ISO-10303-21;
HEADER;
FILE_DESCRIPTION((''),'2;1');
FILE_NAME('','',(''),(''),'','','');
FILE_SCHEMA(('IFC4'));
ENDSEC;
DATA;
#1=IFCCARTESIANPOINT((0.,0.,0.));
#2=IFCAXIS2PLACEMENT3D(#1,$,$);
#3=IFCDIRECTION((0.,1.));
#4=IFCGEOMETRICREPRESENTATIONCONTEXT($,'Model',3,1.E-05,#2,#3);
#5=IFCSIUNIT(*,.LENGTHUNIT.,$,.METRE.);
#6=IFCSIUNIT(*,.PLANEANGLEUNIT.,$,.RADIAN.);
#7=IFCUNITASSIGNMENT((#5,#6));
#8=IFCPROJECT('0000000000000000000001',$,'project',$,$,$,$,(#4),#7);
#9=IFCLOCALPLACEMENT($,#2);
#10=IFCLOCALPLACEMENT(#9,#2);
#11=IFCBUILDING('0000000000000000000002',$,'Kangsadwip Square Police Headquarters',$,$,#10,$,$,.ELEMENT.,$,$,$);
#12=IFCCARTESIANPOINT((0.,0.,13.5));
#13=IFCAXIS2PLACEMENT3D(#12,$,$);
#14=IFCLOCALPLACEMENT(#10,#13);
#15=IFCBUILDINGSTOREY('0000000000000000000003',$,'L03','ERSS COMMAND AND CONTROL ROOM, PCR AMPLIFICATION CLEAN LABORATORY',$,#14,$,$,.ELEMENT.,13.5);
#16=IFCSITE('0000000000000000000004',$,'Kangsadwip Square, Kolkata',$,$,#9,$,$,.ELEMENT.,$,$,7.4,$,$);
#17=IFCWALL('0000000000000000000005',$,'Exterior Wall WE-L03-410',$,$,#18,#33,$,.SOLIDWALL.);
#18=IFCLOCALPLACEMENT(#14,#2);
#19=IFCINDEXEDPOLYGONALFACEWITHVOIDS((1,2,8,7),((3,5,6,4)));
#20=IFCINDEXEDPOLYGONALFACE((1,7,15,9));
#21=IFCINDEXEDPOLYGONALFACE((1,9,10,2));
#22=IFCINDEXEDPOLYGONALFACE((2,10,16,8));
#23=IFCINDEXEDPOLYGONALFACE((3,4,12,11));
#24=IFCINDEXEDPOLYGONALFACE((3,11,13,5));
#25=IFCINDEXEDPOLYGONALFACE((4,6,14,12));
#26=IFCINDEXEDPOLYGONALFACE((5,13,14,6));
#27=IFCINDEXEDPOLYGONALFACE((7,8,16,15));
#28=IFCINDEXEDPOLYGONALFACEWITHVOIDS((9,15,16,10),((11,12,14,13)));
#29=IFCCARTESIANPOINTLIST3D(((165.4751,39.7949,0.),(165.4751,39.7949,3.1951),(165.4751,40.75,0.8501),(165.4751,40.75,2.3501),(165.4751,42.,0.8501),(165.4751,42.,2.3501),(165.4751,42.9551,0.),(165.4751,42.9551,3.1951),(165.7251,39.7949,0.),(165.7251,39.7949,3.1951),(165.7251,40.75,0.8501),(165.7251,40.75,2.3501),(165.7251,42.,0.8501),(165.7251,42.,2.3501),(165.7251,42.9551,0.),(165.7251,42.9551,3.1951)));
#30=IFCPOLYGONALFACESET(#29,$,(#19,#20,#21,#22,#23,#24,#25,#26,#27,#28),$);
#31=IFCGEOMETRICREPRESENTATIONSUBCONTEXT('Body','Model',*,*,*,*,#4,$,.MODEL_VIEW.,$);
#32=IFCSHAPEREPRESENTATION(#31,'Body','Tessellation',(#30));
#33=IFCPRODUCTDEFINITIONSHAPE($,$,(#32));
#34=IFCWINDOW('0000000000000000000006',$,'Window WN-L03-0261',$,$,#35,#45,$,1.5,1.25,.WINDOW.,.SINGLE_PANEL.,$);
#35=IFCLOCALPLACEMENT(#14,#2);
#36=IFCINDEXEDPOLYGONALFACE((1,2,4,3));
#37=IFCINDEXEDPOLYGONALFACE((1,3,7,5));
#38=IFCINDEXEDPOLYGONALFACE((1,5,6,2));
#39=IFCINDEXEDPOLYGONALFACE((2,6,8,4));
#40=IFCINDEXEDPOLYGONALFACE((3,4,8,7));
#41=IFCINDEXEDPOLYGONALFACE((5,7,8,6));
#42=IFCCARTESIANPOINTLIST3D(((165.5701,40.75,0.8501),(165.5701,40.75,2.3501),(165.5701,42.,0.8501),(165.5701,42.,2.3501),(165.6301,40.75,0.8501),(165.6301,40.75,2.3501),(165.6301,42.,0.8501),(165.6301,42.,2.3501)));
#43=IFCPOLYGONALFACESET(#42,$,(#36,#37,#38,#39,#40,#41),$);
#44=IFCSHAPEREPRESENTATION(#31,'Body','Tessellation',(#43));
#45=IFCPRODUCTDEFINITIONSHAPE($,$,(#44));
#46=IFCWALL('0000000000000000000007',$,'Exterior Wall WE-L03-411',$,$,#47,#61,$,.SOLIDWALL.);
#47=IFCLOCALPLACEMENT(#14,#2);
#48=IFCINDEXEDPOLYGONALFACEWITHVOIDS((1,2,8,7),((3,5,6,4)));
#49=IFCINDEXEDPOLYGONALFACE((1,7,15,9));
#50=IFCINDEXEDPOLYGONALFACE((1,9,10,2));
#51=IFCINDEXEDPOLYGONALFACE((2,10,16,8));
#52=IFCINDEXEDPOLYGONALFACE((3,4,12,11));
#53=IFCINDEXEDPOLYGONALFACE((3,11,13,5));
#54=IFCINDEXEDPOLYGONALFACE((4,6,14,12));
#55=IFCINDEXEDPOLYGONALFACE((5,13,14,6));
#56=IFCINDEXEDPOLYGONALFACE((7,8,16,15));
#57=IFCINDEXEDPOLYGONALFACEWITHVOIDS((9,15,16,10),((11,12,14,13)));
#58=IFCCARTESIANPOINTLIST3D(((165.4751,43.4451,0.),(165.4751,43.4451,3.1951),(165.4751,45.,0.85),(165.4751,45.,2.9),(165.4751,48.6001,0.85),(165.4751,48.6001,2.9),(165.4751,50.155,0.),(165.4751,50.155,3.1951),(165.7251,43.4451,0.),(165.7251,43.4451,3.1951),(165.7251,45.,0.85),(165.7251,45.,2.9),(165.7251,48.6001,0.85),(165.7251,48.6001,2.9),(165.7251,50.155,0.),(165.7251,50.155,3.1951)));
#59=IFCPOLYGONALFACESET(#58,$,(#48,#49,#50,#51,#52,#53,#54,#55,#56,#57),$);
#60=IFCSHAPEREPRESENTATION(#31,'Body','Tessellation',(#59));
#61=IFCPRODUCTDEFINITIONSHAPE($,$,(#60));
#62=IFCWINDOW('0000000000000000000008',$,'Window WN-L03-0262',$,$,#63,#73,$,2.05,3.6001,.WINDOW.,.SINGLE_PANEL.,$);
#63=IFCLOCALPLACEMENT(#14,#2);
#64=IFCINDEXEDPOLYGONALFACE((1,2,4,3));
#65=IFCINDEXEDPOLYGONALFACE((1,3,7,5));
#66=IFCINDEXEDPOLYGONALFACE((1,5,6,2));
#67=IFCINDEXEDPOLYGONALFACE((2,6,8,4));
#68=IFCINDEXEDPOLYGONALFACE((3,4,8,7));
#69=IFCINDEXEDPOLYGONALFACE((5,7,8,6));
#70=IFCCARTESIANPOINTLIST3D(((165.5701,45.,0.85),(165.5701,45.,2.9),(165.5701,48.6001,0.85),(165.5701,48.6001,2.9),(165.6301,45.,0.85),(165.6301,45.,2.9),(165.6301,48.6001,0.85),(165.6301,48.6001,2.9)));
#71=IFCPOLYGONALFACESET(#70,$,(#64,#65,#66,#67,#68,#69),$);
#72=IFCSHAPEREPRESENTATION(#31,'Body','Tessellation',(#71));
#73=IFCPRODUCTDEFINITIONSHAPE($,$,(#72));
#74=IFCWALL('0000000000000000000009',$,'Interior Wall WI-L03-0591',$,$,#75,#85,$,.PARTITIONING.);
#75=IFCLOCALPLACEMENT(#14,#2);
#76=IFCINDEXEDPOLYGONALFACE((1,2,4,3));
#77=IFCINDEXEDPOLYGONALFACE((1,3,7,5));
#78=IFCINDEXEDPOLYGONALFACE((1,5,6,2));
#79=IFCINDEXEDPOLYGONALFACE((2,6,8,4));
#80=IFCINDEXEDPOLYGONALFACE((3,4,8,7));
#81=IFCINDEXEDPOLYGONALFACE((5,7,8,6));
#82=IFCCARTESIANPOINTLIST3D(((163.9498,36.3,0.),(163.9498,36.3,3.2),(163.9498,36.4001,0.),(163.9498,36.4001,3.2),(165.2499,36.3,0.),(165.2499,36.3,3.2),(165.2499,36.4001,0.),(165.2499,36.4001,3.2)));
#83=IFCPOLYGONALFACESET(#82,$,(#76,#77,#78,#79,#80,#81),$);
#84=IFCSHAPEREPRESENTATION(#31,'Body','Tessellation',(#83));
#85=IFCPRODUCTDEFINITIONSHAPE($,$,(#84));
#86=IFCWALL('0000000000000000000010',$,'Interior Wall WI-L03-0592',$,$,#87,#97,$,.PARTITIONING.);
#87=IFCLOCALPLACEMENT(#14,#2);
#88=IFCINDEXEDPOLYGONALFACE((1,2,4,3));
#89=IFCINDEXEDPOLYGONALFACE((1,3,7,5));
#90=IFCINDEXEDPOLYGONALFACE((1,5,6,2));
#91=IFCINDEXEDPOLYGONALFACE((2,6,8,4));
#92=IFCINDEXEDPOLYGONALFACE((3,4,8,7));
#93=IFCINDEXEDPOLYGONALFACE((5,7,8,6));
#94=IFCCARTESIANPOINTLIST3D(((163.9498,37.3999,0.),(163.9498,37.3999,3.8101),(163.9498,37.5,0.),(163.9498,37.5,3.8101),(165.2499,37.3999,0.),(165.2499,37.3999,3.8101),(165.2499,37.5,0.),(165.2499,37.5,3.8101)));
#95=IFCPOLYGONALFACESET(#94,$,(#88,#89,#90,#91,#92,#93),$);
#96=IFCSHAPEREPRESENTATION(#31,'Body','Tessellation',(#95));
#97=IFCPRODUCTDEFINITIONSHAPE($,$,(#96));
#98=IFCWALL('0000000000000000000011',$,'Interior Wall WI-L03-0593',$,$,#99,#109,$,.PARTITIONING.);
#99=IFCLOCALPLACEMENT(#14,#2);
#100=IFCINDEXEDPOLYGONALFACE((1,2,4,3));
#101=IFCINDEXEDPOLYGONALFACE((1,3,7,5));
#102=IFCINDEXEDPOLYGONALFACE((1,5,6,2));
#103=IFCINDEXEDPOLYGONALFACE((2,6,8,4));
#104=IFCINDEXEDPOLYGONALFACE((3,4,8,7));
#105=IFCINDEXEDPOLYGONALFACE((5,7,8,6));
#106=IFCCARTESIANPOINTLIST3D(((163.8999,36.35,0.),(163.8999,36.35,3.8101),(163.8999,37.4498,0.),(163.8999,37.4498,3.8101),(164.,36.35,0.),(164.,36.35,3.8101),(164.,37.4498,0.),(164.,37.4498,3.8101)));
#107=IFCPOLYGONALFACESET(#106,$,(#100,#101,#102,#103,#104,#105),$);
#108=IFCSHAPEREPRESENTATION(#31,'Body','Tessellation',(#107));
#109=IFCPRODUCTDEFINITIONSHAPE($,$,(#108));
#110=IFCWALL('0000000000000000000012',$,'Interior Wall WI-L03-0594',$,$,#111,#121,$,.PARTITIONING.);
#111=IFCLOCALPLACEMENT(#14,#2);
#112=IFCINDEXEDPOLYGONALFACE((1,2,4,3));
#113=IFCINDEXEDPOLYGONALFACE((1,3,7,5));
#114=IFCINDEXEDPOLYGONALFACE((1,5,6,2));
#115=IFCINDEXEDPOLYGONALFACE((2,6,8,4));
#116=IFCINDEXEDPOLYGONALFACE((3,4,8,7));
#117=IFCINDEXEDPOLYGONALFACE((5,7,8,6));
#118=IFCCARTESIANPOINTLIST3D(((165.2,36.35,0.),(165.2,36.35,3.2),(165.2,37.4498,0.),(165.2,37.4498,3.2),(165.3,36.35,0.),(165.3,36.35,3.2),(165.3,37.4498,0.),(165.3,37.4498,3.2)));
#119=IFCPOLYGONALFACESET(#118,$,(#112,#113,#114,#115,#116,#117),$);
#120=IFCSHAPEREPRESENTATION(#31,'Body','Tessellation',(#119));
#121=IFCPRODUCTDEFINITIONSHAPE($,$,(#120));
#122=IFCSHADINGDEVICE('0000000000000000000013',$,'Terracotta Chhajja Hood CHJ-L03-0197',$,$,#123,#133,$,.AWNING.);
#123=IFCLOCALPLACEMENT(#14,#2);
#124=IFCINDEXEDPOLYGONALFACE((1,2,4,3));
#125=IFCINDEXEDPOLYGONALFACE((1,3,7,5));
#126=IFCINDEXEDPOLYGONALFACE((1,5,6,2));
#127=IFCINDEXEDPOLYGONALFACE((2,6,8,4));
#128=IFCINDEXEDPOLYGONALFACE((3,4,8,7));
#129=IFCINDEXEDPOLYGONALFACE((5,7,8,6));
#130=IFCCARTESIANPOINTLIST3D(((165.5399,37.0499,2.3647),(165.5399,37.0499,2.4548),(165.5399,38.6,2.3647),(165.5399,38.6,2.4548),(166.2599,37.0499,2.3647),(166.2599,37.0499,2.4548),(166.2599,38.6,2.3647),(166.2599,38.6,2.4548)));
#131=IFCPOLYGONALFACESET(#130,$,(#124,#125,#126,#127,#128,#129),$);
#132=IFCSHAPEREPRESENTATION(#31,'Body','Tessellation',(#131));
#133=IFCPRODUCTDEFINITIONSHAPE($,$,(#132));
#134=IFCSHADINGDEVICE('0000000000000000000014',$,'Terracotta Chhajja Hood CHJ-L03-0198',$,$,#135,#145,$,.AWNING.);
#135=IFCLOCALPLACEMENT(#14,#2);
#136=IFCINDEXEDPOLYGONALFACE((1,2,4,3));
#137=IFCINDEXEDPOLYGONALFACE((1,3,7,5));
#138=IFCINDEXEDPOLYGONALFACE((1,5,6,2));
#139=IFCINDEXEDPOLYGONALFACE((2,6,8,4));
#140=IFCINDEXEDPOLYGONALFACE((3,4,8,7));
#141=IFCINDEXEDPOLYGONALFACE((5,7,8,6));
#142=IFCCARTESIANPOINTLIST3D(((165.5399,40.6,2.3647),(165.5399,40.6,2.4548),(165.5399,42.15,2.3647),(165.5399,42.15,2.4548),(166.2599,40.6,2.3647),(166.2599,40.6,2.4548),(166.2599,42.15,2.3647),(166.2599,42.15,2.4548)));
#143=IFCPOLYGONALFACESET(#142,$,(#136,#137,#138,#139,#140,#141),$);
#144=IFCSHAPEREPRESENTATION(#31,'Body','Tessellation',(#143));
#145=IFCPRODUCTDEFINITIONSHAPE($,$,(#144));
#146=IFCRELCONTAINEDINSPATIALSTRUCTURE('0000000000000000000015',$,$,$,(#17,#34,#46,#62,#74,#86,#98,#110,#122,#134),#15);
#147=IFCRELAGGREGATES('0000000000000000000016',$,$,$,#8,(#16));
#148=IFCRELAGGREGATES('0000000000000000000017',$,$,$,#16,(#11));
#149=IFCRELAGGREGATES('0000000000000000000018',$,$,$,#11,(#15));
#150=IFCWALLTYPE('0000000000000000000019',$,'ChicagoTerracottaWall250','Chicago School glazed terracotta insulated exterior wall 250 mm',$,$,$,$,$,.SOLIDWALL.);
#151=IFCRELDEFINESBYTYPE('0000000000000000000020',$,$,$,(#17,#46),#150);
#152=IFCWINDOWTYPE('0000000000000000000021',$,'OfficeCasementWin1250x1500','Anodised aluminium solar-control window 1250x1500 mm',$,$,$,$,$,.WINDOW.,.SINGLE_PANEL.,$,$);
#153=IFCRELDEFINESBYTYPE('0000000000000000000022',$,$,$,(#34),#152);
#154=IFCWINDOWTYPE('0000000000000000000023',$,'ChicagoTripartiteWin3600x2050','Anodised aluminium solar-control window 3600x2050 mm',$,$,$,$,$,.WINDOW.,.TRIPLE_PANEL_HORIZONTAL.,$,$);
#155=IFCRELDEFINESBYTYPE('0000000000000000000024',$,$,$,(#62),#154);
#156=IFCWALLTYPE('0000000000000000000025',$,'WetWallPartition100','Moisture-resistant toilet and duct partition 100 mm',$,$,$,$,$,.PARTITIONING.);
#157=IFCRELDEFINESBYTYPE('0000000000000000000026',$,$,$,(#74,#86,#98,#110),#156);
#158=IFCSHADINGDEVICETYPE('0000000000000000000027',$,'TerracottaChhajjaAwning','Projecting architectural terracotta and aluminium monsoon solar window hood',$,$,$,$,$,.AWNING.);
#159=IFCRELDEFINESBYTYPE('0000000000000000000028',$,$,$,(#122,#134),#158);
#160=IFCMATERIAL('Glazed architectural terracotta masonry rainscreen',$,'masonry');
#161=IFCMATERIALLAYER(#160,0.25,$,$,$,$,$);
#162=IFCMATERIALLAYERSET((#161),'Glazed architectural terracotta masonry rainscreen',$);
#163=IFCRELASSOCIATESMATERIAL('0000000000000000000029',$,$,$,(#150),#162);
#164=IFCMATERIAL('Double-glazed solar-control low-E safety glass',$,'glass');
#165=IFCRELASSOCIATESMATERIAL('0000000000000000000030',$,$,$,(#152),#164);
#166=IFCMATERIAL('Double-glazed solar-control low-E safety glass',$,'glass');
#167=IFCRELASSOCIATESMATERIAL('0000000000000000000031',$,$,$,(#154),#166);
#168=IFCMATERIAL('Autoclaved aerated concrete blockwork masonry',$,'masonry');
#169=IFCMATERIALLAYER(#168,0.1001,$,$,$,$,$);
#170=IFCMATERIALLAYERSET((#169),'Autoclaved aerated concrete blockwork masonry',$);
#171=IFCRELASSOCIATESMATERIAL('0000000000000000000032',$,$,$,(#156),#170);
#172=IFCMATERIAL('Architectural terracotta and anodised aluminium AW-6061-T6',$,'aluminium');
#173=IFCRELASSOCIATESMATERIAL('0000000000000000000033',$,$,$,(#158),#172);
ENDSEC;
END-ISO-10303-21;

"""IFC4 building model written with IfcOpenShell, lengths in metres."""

from ifc_helpers import new_model, si_unit, direction, frame, frame_2d, origin, origin_2d, place, context, subcontext, project, spatial, rectangle, extrude, material, layer, layer_set, type_object, element, fill, save


model = new_model("IFC4")

# Units and contexts
model_context = context("Model", 3, precision=1e-05, world=origin(), true_north=direction((0.0, 1.0)))
body_context = subcontext(model_context, "Body", "Model", "MODEL_VIEW")
ifc_project = project(units=[si_unit("LENGTHUNIT", "METRE"), si_unit("PLANEANGLEUNIT", "RADIAN")], contexts=[model_context])

# Site, building, storey
site_placement = place(None, origin())
site = spatial("IfcSite", under=ifc_project, at=site_placement, Name="Kangsadwip Square, Kolkata", CompositionType="ELEMENT", RefElevation=7.4)
building_placement = place(site_placement, origin())
building = spatial("IfcBuilding", under=site, at=building_placement, Name="Kangsadwip Square Police Headquarters", CompositionType="ELEMENT")
storey_placement = place(building_placement, frame((0.0, 0.0, 13.5)))
storey = spatial("IfcBuildingStorey", under=building, at=storey_placement, Name="L03", Description="ERSS COMMAND AND CONTROL ROOM, PCR AMPLIFICATION CLEAN LABORATORY", CompositionType="ELEMENT", Elevation=13.5)

# Walls, openings, windows
ifc_material_1 = material(Name="Glazed architectural terracotta masonry rainscreen", Category="masonry")
ifc_layer_1 = layer(ifc_material_1, 0.25)
ifc_layer_set_1 = layer_set([ifc_layer_1], Name="Glazed architectural terracotta masonry rainscreen")
wall_type_1 = type_object("IfcWallType", Name="ChicagoTerracottaWall250", Description="Chicago School glazed terracotta insulated exterior wall 250 mm", PredefinedType="SOLIDWALL", material=ifc_layer_set_1)
ifc_material_2 = material(Name="Double-glazed solar-control low-E safety glass", Category="glass")
window_type_1 = type_object("IfcWindowType", Name="OfficeCasementWin1250x1500", Description="Anodised aluminium solar-control window 1250x1500 mm", PartitioningType="SINGLE_PANEL", PredefinedType="WINDOW", material=ifc_material_2)
wall_1_placement = place(storey_placement, frame((165.6001, 39.7949, 0.0), z_axis=(0.0, 0.0, 1.0), x_axis=(0.0, 1.0, 0.0)))
wall_1 = element("IfcWall", 1, at=wall_1_placement, inside=storey, type_object=wall_type_1, Name="Exterior Wall WE-L03-410", PredefinedType="SOLIDWALL", context=body_context, shape_type="SweptSolid", body=[
    extrude(rectangle(XDim=3.1602, YDim=0.25, at=frame_2d((1.5801, 0.0))), origin(), (0.0, 0.0, 1.0), 3.1951),
])
opening_1_placement = place(wall_1_placement, frame((0.9551, 0.0, 0.8501)))
opening_1 = element("IfcOpeningElement", 2, at=opening_1_placement, cuts=wall_1, PredefinedType="OPENING", context=body_context, shape_type="SweptSolid", body=[
    extrude(rectangle(XDim=1.25, YDim=1.5, at=frame_2d((0.625, 0.75))), frame((0.0, 0.135, 0.0), z_axis=(0.0, -1.0, 0.0), x_axis=(1.0, 0.0, 0.0)), (0.0, 0.0, 1.0), 0.27),
])
window_1_placement = place(opening_1_placement, origin())
window_1 = element("IfcWindow", 3, at=window_1_placement, inside=storey, type_object=window_type_1, Name="Window WN-L03-0261", OverallHeight=1.5, OverallWidth=1.25, PartitioningType="SINGLE_PANEL", PredefinedType="WINDOW", context=body_context, shape_type="SweptSolid", body=[
    extrude(rectangle(XDim=1.25, YDim=1.5, at=frame_2d((0.625, 0.75))), frame((0.0, 0.03, 0.0), z_axis=(0.0, -1.0, 0.0), x_axis=(1.0, 0.0, 0.0)), (0.0, 0.0, 1.0), 0.0601),
])
fill(opening_1, window_1)
wall_2_placement = place(storey_placement, frame((165.6001, 43.4451, 0.0), z_axis=(0.0, 0.0, 1.0), x_axis=(0.0, 1.0, 0.0)))
wall_2 = element("IfcWall", 4, at=wall_2_placement, inside=storey, type_object=wall_type_1, Name="Exterior Wall WE-L03-411", PredefinedType="SOLIDWALL", context=body_context, shape_type="SweptSolid", body=[
    extrude(rectangle(XDim=6.71, YDim=0.25, at=frame_2d((3.355, 0.0))), origin(), (0.0, 0.0, 1.0), 3.1951),
])
opening_2_placement = place(wall_2_placement, frame((1.5549, 0.0, 0.8501)))
opening_2 = element("IfcOpeningElement", 5, at=opening_2_placement, cuts=wall_2, PredefinedType="OPENING", context=body_context, shape_type="SweptSolid", body=[
    extrude(rectangle(XDim=3.6001, YDim=2.05, at=frame_2d((1.8, 1.0249))), frame((0.0, 0.135, 0.0), z_axis=(0.0, -1.0, 0.0), x_axis=(1.0, 0.0, 0.0)), (0.0, 0.0, 1.0), 0.27),
])
ifc_material_3 = material(Name="Double-glazed solar-control low-E safety glass", Category="glass")
window_type_2 = type_object("IfcWindowType", Name="ChicagoTripartiteWin3600x2050", Description="Anodised aluminium solar-control window 3600x2050 mm", PartitioningType="TRIPLE_PANEL_HORIZONTAL", PredefinedType="WINDOW", material=ifc_material_3)
window_2_placement = place(opening_2_placement, origin())
window_2 = element("IfcWindow", 6, at=window_2_placement, inside=storey, type_object=window_type_2, Name="Window WN-L03-0262", OverallHeight=2.05, OverallWidth=3.6001, PartitioningType="SINGLE_PANEL", PredefinedType="WINDOW", context=body_context, shape_type="SweptSolid", body=[
    extrude(rectangle(XDim=3.6001, YDim=2.05, at=frame_2d((1.8, 1.0249))), frame((0.0, 0.03, 0.0), z_axis=(0.0, -1.0, 0.0), x_axis=(1.0, 0.0, 0.0)), (0.0, 0.0, 1.0), 0.0601),
])
fill(opening_2, window_2)

# Walls
ifc_material_4 = material(Name="Autoclaved aerated concrete blockwork masonry", Category="masonry")
ifc_layer_2 = layer(ifc_material_4, 0.1001)
ifc_layer_set_2 = layer_set([ifc_layer_2], Name="Autoclaved aerated concrete blockwork masonry")
wall_type_2 = type_object("IfcWallType", Name="WetWallPartition100", Description="Moisture-resistant toilet and duct partition 100 mm", PredefinedType="PARTITIONING", material=ifc_layer_set_2)
wall_3_placement = place(storey_placement, frame((163.95, 36.3501, 0.0), z_axis=(0.0, 0.0, 1.0), x_axis=(1.0, 0.0, 0.0)))
element("IfcWall", 7, at=wall_3_placement, inside=storey, type_object=wall_type_2, Name="Interior Wall WI-L03-0591", PredefinedType="PARTITIONING", context=body_context, shape_type="SweptSolid", body=[
    extrude(rectangle(XDim=1.3, YDim=0.1001, at=frame_2d((0.6499, 0.0))), origin(), (0.0, 0.0, 1.0), 3.2),
])
wall_4_placement = place(storey_placement, frame((163.95, 37.45, 0.0), z_axis=(0.0, 0.0, 1.0), x_axis=(1.0, 0.0, 0.0)))
element("IfcWall", 8, at=wall_4_placement, inside=storey, type_object=wall_type_2, Name="Interior Wall WI-L03-0592", PredefinedType="PARTITIONING", context=body_context, shape_type="SweptSolid", body=[
    extrude(rectangle(XDim=1.3, YDim=0.1001, at=frame_2d((0.6499, 0.0))), origin(), (0.0, 0.0, 1.0), 3.8101),
])
wall_5_placement = place(storey_placement, frame((163.95, 36.3501, 0.0), z_axis=(0.0, 0.0, 1.0), x_axis=(0.0, 1.0, 0.0)))
element("IfcWall", 9, at=wall_5_placement, inside=storey, type_object=wall_type_2, Name="Interior Wall WI-L03-0593", PredefinedType="PARTITIONING", context=body_context, shape_type="SweptSolid", body=[
    extrude(rectangle(XDim=1.0999, YDim=0.1001, at=frame_2d((0.5498, 0.0))), origin(), (0.0, 0.0, 1.0), 3.8101),
])
wall_6_placement = place(storey_placement, frame((165.25, 36.3501, 0.0), z_axis=(0.0, 0.0, 1.0), x_axis=(0.0, 1.0, 0.0)))
element("IfcWall", 10, at=wall_6_placement, inside=storey, type_object=wall_type_2, Name="Interior Wall WI-L03-0594", PredefinedType="PARTITIONING", context=body_context, shape_type="SweptSolid", body=[
    extrude(rectangle(XDim=1.0999, YDim=0.1001, at=frame_2d((0.5498, 0.0))), origin(), (0.0, 0.0, 1.0), 3.2),
])

# Shading devices
ifc_material_5 = material(Name="Architectural terracotta and anodised aluminium AW-6061-T6", Category="aluminium")
shading_device_type = type_object("IfcShadingDeviceType", Name="TerracottaChhajjaAwning", Description="Projecting architectural terracotta and aluminium monsoon solar window hood", PredefinedType="AWNING", material=ifc_material_5)
for number, where, z_axis, x_axis, name in (
    (11, (165.8999, 37.825, 2.3647), (0.0, 0.0, 1.0), (0.0, 1.0, 0.0), "Terracotta Chhajja Hood CHJ-L03-0197"),
    (12, (165.8999, 41.375, 2.3647), (0.0, 0.0, 1.0), (0.0, 1.0, 0.0), "Terracotta Chhajja Hood CHJ-L03-0198"),
):
    element("IfcShadingDevice", number, at=place(storey_placement, frame(where, z_axis=z_axis, x_axis=x_axis)), inside=storey, type_object=shading_device_type, Name=name, PredefinedType="AWNING", context=body_context, shape_type="SweptSolid", body=[
        extrude(rectangle(XDim=1.55, YDim=0.72, at=origin_2d()), origin(), (0.0, 0.0, 1.0), 0.0901),
    ])

save(model, "model.ifc")
